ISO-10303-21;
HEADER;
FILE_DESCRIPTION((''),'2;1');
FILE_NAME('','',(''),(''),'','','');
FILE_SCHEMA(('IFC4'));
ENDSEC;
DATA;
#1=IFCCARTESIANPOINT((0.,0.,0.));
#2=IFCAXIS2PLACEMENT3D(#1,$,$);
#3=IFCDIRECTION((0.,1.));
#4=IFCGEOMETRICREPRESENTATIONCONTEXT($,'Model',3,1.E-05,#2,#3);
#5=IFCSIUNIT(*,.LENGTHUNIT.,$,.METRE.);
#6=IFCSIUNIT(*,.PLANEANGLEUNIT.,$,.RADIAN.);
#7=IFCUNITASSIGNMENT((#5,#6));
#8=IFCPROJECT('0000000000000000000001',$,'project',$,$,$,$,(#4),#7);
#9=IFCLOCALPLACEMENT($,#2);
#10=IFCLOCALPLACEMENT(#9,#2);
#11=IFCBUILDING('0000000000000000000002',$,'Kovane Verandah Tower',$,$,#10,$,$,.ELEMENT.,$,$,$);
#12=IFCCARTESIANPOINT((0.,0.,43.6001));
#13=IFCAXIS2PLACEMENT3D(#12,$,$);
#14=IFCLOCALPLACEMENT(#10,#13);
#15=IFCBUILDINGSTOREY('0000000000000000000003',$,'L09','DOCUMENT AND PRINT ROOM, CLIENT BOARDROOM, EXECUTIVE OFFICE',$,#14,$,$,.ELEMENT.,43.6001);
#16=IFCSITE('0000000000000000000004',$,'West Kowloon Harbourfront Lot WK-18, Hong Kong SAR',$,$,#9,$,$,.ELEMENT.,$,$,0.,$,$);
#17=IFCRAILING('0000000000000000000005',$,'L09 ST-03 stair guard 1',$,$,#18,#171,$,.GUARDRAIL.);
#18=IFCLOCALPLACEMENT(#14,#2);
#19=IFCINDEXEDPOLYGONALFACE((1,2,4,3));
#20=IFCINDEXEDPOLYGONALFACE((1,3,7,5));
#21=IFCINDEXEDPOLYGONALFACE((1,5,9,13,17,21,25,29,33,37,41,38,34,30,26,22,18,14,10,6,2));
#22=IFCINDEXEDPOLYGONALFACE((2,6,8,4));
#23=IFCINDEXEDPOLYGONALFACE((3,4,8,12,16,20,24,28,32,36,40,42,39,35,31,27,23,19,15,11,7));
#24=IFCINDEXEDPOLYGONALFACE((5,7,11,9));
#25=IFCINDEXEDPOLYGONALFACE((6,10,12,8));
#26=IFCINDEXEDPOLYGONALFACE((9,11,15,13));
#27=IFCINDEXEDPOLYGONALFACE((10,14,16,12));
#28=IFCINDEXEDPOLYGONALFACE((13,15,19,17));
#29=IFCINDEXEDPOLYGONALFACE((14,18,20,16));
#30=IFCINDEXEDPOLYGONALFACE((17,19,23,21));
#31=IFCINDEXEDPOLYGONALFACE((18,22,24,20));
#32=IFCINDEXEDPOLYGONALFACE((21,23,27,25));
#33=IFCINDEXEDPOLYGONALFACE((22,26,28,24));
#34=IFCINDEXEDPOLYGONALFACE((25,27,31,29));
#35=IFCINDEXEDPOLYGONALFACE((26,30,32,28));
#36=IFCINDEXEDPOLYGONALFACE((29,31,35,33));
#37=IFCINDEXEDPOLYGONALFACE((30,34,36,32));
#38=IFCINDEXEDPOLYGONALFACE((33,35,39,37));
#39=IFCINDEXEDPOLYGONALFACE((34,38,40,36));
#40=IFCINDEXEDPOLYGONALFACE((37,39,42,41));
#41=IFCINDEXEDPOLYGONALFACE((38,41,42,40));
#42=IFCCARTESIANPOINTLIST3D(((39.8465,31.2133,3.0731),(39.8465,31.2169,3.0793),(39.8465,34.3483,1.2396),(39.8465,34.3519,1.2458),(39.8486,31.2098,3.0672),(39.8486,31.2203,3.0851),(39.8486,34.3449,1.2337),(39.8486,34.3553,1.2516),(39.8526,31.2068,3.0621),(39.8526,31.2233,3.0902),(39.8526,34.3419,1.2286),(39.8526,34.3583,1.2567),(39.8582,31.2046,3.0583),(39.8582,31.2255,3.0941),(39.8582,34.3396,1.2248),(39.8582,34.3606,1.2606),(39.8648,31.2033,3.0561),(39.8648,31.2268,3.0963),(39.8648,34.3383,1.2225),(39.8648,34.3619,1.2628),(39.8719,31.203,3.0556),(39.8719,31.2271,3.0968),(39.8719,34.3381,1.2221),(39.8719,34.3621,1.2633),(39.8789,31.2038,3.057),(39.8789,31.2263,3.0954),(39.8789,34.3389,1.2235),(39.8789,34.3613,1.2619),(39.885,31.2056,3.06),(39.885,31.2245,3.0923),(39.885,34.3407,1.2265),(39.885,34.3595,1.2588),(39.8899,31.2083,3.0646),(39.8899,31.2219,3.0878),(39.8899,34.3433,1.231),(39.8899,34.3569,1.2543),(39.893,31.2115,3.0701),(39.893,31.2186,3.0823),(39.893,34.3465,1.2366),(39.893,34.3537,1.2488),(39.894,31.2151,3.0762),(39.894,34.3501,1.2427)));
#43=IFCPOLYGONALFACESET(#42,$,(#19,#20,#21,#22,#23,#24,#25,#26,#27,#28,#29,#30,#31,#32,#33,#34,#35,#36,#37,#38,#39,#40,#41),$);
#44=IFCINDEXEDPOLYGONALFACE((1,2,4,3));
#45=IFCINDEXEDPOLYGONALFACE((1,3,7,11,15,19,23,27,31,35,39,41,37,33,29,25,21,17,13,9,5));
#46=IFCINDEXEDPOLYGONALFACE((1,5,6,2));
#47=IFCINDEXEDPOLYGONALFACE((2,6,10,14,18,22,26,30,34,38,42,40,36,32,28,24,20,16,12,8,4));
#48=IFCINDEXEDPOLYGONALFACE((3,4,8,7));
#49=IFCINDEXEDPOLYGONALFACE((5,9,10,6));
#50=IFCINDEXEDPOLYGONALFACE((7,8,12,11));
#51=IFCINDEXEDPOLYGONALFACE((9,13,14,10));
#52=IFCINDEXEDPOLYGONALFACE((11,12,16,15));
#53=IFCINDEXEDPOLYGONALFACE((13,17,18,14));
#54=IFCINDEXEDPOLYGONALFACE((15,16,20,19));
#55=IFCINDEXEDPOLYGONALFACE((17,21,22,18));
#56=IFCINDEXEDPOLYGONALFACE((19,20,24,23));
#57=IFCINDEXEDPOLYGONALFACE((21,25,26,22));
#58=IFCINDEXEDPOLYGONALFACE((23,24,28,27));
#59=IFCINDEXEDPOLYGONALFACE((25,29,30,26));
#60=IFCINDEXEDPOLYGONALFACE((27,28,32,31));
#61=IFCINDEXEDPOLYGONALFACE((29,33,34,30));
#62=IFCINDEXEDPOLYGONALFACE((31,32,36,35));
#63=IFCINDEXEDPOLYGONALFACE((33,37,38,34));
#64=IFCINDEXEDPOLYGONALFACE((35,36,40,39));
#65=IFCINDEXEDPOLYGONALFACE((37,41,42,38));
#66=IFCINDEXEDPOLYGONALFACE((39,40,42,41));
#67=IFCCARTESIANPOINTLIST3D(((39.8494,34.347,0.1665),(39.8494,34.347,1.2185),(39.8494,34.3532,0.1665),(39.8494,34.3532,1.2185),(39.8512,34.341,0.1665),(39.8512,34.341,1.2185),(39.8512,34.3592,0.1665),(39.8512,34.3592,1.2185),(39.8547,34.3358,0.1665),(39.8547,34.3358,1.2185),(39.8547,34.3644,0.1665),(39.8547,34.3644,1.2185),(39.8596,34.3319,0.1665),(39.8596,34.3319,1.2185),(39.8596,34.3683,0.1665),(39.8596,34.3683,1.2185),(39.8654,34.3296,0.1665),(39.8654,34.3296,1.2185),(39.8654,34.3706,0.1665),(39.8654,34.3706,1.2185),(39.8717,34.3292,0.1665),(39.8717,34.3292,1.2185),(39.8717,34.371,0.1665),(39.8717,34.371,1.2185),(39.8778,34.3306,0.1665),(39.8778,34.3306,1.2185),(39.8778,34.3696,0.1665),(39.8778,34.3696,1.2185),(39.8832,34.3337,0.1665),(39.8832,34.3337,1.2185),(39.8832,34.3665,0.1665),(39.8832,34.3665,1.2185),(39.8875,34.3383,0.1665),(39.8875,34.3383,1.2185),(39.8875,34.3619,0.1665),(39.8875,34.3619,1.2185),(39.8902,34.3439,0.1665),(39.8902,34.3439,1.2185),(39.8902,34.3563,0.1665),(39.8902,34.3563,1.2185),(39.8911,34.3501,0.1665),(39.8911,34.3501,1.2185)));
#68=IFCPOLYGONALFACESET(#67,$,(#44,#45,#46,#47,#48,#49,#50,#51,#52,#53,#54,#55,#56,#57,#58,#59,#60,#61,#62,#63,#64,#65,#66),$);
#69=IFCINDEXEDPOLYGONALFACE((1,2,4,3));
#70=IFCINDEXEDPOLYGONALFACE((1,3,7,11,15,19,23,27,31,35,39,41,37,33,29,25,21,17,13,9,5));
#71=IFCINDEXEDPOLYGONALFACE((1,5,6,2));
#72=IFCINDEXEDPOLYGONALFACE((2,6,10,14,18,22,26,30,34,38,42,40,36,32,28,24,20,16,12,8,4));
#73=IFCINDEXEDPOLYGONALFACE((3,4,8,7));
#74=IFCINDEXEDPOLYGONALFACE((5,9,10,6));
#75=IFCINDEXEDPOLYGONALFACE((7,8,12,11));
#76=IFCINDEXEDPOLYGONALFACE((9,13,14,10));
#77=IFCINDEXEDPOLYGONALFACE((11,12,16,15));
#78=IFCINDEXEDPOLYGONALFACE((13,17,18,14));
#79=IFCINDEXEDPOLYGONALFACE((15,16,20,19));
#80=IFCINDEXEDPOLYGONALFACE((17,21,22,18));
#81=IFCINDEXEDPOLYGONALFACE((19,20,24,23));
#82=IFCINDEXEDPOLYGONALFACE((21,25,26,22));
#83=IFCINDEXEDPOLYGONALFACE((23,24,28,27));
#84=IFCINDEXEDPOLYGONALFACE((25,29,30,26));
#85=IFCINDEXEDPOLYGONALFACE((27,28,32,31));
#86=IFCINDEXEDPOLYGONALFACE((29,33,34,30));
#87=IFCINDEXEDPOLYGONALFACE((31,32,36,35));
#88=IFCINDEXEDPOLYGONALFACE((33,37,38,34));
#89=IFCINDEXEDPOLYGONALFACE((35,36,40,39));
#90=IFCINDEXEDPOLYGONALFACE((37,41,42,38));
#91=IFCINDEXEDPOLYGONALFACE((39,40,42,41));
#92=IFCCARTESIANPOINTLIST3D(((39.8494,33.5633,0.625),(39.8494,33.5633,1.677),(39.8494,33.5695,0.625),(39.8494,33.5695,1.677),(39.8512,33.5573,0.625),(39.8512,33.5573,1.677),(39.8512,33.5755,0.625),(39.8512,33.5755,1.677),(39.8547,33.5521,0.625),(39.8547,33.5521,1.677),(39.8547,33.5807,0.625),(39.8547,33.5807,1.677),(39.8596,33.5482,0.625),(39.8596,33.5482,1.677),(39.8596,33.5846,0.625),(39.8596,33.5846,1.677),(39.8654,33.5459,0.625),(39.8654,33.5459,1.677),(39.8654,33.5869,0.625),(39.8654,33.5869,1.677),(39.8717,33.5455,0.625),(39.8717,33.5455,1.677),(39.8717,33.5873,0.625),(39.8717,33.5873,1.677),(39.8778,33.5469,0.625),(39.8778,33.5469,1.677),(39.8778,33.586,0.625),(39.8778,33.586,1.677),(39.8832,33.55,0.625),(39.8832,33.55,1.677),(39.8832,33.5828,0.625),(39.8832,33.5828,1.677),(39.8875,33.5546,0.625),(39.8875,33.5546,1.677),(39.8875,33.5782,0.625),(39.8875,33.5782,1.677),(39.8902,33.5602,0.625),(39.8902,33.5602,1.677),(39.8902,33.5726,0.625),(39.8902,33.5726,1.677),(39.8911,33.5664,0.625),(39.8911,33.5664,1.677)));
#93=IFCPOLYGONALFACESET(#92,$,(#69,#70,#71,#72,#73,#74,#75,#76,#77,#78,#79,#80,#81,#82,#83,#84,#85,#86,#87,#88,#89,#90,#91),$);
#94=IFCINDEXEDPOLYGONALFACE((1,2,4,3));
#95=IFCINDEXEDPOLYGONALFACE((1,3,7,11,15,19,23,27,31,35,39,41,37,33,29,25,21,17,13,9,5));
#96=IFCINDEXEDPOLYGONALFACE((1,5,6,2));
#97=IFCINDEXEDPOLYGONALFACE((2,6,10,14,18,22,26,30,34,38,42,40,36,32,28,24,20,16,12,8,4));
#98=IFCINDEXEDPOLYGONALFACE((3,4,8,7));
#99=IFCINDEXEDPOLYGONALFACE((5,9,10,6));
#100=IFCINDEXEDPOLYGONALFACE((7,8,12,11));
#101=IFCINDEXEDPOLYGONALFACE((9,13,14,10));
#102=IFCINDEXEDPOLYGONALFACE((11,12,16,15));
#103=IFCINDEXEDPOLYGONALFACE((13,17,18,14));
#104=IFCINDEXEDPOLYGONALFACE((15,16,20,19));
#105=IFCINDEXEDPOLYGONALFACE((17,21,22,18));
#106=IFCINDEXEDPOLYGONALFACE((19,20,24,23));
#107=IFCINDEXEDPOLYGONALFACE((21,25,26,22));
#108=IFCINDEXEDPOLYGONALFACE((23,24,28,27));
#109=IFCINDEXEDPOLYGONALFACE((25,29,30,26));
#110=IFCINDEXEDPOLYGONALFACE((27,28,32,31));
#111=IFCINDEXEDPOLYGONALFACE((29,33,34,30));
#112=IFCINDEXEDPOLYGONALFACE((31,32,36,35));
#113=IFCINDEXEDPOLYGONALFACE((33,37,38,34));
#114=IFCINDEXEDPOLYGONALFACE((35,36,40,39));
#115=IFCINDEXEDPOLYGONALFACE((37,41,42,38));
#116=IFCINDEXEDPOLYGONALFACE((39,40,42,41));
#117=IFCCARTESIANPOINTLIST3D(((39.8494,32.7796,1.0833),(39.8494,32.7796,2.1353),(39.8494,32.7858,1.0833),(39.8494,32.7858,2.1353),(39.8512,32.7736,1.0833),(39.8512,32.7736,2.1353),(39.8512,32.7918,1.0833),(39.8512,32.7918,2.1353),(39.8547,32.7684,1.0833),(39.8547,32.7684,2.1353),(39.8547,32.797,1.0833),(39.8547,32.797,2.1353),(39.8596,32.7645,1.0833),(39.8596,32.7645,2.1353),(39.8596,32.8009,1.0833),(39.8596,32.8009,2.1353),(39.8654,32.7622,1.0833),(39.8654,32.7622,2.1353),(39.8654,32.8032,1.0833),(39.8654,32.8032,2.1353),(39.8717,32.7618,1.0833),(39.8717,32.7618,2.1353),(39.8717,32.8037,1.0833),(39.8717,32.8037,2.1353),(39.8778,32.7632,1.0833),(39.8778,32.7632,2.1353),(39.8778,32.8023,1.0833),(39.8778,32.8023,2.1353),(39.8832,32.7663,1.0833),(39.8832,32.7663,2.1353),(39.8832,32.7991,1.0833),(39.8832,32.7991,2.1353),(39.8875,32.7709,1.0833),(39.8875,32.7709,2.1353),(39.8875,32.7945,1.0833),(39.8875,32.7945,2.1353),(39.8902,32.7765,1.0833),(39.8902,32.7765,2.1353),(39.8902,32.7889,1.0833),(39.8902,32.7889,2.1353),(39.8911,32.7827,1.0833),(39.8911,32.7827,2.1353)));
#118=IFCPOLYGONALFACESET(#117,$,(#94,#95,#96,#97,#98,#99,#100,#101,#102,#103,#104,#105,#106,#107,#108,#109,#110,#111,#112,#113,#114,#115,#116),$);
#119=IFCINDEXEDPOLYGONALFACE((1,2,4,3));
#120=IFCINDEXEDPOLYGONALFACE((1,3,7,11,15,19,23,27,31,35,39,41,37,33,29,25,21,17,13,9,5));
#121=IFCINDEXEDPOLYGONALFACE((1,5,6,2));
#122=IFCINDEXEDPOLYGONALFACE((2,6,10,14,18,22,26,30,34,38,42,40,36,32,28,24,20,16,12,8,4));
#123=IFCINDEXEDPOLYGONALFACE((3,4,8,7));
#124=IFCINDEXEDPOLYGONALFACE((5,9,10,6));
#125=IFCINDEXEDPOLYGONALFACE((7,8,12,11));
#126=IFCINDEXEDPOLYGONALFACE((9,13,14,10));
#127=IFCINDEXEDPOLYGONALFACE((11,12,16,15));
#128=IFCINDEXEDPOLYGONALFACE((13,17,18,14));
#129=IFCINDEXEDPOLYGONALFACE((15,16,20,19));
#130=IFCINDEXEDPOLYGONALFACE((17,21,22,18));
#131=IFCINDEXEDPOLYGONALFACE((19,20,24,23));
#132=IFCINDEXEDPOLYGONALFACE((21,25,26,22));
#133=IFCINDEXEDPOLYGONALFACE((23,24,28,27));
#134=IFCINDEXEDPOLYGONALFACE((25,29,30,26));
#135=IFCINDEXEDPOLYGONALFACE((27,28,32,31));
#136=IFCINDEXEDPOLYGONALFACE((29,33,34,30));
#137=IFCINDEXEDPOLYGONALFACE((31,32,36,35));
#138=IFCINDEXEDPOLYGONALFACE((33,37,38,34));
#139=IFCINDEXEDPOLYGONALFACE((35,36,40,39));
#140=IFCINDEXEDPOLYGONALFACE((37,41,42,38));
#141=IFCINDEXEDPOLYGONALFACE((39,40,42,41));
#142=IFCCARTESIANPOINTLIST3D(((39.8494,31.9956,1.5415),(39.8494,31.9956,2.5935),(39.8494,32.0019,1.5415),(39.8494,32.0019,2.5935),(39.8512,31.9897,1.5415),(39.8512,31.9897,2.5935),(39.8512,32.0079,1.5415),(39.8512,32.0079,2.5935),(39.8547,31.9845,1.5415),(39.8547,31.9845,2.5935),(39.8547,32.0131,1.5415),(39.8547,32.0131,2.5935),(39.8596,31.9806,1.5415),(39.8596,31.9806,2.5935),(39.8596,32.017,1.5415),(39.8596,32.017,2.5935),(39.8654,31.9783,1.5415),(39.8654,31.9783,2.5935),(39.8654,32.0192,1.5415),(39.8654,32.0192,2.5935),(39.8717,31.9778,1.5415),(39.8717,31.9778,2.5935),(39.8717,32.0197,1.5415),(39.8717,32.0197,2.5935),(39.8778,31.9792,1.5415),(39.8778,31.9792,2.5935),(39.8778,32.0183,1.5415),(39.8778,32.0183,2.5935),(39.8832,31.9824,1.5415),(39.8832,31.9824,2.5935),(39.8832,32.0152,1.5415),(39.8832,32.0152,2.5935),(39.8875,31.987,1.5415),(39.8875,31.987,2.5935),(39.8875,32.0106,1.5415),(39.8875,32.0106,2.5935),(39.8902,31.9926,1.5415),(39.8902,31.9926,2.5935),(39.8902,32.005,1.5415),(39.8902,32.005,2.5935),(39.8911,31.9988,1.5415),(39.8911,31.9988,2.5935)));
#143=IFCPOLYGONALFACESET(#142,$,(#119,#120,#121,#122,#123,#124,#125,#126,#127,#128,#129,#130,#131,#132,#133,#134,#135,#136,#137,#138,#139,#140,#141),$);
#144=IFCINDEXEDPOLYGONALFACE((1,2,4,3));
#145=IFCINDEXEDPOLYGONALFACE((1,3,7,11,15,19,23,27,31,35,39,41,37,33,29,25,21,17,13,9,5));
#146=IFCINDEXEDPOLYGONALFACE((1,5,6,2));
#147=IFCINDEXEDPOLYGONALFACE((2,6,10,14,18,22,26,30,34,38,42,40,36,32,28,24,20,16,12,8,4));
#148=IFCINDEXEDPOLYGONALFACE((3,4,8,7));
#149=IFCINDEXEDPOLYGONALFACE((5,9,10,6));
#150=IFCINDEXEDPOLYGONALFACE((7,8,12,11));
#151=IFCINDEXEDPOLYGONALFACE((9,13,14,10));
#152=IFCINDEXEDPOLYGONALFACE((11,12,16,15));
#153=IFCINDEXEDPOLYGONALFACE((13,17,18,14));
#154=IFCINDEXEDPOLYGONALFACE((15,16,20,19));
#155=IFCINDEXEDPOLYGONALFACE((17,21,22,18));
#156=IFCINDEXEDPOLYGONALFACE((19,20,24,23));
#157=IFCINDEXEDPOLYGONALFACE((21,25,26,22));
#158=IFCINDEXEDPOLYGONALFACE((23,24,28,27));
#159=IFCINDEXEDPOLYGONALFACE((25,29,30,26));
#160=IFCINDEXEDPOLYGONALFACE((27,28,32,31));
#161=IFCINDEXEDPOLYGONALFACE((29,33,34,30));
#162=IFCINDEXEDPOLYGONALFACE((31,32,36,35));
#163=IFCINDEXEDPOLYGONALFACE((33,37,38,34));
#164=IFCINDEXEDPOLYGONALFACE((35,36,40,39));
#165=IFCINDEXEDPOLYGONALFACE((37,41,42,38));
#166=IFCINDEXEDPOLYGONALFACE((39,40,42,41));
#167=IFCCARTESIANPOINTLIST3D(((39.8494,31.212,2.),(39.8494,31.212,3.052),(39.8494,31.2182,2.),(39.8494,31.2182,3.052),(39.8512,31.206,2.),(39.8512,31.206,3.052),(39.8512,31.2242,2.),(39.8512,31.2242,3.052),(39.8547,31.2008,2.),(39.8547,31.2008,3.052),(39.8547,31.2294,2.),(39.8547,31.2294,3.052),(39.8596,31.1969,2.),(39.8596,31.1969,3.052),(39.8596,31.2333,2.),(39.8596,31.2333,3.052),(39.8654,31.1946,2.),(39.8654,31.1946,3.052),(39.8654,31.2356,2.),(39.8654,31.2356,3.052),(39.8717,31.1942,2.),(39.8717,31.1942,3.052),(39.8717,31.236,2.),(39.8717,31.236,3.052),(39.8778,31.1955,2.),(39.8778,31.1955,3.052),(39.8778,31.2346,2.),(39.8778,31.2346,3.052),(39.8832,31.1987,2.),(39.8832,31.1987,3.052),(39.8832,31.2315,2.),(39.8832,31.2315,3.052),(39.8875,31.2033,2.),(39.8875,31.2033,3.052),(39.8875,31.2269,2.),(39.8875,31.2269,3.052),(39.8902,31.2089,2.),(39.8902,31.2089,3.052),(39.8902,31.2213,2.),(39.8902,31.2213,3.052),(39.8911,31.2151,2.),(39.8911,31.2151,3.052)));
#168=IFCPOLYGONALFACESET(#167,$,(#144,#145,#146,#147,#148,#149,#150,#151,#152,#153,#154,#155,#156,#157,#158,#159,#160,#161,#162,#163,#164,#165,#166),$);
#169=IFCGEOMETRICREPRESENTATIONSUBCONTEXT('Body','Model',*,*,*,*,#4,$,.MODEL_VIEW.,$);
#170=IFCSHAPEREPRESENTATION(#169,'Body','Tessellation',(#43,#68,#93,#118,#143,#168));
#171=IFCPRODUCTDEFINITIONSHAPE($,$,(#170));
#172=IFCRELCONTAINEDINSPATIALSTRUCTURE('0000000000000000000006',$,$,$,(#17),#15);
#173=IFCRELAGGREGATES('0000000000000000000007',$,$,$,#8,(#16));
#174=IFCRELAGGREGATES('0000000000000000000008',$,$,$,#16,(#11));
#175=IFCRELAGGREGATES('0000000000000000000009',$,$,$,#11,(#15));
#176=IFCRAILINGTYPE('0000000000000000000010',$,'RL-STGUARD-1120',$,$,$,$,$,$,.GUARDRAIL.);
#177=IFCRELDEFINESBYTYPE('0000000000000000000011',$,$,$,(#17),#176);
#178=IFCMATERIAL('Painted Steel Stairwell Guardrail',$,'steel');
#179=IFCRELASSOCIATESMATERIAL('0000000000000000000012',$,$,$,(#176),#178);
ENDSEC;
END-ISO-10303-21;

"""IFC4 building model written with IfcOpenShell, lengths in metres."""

from ifc_helpers import new_model, si_unit, direction, frame, origin, origin_2d, place, context, subcontext, project, spatial, circle, extrude, material, type_object, element, save


model = new_model("IFC4")

# Units and contexts
model_context = context("Model", 3, precision=1e-05, world=origin(), true_north=direction((0.0, 1.0)))
body_context = subcontext(model_context, "Body", "Model", "MODEL_VIEW")
ifc_project = project(units=[si_unit("LENGTHUNIT", "METRE"), si_unit("PLANEANGLEUNIT", "RADIAN")], contexts=[model_context])

# Site, building, storey
site_placement = place(None, origin())
site = spatial("IfcSite", under=ifc_project, at=site_placement, Name="West Kowloon Harbourfront Lot WK-18, Hong Kong SAR", CompositionType="ELEMENT", RefElevation=0.0)
building_placement = place(site_placement, origin())
building = spatial("IfcBuilding", under=site, at=building_placement, Name="Kovane Verandah Tower", CompositionType="ELEMENT")
storey_placement = place(building_placement, frame((0.0, 0.0, 43.6001)))
storey = spatial("IfcBuildingStorey", under=building, at=storey_placement, Name="L09", Description="DOCUMENT AND PRINT ROOM, CLIENT BOARDROOM, EXECUTIVE OFFICE", CompositionType="ELEMENT", Elevation=43.6001)

# Railing
ifc_material_1 = material(Name="Painted Steel Stairwell Guardrail", Category="steel")
railing_type_1 = type_object("IfcRailingType", Name="RL-STGUARD-1120", PredefinedType="GUARDRAIL", material=ifc_material_1)
railing_1_placement = place(storey_placement, frame((39.8701, 34.3501, 0.1665)))
element("IfcRailing", 1, at=railing_1_placement, inside=storey, type_object=railing_type_1, Name="L09 ST-03 stair guard 1", PredefinedType="GUARDRAIL", context=body_context, shape_type="SweptSolid", body=[
    extrude(circle(Radius=0.0239, at=origin_2d()), frame((0.0, 0.0, 1.0762), z_axis=(0.0, -0.86321, 0.504845), x_axis=(1.0, 0.0, 0.0)), (0.0, 0.0, 1.0), 3.6318),
    extrude(circle(Radius=0.021, at=origin_2d()), origin(), (0.0, 0.0, 1.0), 1.052),
    extrude(circle(Radius=0.021, at=origin_2d()), frame((0.0, -0.7837, 0.4585)), (0.0, 0.0, 1.0), 1.052),
    extrude(circle(Radius=0.021, at=origin_2d()), frame((0.0, -1.5674, 0.9167)), (0.0, 0.0, 1.0), 1.052),
    extrude(circle(Radius=0.021, at=origin_2d()), frame((0.0, -2.3513, 1.375)), (0.0, 0.0, 1.0), 1.052),
    extrude(circle(Radius=0.021, at=origin_2d()), frame((0.0, -3.135, 1.8335)), (0.0, 0.0, 1.0), 1.052),
])

save(model, "model.ifc")
